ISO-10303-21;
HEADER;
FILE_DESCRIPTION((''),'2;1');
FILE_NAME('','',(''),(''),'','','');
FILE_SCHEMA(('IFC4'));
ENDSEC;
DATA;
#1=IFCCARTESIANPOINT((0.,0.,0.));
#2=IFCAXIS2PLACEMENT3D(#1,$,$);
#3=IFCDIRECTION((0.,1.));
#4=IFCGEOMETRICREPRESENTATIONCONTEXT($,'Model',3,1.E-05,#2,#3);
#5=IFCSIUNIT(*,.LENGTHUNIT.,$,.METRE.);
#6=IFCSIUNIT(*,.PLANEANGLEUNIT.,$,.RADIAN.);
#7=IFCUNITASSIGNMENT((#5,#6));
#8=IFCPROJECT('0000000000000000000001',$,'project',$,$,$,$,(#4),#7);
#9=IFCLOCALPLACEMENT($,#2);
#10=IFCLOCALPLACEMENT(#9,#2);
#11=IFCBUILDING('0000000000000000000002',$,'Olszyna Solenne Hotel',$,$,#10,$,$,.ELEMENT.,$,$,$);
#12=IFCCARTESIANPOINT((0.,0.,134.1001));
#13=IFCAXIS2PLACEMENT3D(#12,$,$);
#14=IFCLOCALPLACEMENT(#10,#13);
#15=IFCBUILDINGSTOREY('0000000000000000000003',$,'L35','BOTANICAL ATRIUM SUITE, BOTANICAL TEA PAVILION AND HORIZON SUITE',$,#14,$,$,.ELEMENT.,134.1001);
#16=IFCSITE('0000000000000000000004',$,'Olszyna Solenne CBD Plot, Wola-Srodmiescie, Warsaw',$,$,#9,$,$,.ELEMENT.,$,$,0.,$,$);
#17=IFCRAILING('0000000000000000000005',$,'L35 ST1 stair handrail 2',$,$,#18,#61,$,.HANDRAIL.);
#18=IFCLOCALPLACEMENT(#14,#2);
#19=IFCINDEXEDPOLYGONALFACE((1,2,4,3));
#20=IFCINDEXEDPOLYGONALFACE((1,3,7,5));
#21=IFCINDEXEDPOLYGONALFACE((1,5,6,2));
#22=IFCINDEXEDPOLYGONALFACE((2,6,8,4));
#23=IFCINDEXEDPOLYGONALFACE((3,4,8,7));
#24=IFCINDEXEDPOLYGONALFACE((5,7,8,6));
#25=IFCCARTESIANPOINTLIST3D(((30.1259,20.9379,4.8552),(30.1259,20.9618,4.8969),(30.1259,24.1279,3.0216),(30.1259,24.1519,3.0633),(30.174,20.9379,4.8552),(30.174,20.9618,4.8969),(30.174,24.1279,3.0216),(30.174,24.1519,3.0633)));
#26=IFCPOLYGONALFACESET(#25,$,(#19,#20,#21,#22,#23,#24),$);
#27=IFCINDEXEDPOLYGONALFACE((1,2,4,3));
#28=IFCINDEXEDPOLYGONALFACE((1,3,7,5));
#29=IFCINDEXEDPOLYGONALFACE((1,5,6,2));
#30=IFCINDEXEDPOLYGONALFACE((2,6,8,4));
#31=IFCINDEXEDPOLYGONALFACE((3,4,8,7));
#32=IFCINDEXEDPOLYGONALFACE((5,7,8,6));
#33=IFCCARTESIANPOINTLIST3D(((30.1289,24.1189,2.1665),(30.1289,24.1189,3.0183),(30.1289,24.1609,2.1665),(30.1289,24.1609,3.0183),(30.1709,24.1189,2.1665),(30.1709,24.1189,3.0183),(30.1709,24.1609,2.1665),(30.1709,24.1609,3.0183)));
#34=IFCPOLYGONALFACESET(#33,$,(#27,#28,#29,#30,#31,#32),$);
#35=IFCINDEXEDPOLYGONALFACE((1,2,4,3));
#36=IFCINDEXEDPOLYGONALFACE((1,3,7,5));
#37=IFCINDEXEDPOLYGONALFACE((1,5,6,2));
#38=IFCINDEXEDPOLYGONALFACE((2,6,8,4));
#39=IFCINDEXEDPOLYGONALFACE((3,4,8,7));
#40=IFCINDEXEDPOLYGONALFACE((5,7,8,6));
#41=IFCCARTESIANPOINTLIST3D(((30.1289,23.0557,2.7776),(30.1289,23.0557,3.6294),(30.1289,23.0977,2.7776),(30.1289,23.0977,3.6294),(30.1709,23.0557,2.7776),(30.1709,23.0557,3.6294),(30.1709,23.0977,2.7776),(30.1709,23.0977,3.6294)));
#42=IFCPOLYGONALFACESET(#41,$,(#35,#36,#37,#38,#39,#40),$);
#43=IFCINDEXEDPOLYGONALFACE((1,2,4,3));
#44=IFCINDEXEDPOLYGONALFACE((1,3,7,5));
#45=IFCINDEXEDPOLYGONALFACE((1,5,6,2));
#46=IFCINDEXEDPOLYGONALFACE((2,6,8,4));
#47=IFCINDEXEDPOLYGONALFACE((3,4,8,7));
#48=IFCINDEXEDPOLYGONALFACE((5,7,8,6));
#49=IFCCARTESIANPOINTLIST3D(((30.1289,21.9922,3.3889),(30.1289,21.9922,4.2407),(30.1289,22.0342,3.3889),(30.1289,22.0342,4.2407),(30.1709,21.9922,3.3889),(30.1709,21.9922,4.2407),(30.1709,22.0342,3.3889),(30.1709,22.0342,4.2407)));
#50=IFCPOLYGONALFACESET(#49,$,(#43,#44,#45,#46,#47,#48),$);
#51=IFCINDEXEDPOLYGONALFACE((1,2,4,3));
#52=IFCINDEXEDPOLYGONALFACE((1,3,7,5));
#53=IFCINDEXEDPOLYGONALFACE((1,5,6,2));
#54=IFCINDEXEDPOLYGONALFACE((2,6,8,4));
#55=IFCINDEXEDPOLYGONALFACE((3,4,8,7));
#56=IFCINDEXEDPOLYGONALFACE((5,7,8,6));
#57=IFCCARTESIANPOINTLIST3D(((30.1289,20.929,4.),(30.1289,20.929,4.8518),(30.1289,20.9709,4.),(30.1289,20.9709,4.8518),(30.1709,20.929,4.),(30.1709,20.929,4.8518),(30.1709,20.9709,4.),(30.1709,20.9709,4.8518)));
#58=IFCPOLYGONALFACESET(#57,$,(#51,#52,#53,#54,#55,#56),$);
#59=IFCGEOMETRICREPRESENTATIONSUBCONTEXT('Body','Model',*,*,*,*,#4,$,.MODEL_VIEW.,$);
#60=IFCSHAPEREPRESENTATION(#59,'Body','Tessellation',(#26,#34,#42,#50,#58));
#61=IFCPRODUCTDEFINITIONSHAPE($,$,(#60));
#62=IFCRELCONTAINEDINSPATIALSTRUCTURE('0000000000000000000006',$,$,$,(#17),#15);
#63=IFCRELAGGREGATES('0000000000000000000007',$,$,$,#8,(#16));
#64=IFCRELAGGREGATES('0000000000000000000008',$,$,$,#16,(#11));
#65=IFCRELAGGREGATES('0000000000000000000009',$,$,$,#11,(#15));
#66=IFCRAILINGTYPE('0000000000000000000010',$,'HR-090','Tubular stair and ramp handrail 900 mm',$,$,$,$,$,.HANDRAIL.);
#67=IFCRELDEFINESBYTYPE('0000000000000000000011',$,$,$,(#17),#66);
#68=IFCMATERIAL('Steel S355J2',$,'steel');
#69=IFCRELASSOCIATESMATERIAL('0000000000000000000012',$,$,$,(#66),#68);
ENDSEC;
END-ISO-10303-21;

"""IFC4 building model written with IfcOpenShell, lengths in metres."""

from ifc_helpers import new_model, si_unit, direction, frame, origin, origin_2d, place, context, subcontext, project, spatial, rectangle, extrude, material, type_object, element, save


model = new_model("IFC4")

# Units and contexts
model_context = context("Model", 3, precision=1e-05, world=origin(), true_north=direction((0.0, 1.0)))
body_context = subcontext(model_context, "Body", "Model", "MODEL_VIEW")
ifc_project = project(units=[si_unit("LENGTHUNIT", "METRE"), si_unit("PLANEANGLEUNIT", "RADIAN")], contexts=[model_context])

# Site, building, storey
site_placement = place(None, origin())
site = spatial("IfcSite", under=ifc_project, at=site_placement, Name="Olszyna Solenne CBD Plot, Wola-Srodmiescie, Warsaw", CompositionType="ELEMENT", RefElevation=0.0)
building_placement = place(site_placement, origin())
building = spatial("IfcBuilding", under=site, at=building_placement, Name="Olszyna Solenne Hotel", CompositionType="ELEMENT")
storey_placement = place(building_placement, frame((0.0, 0.0, 134.1001)))
storey = spatial("IfcBuildingStorey", under=building, at=storey_placement, Name="L35", Description="BOTANICAL ATRIUM SUITE, BOTANICAL TEA PAVILION AND HORIZON SUITE", CompositionType="ELEMENT", Elevation=134.1001)

# Shared definitions
ifc_material_1 = material(Name="Steel S355J2", Category="steel")

# Railing
railing_type_1 = type_object("IfcRailingType", Name="HR-090", Description="Tubular stair and ramp handrail 900 mm", PredefinedType="HANDRAIL", material=ifc_material_1)
railing_1_placement = place(storey_placement, frame((30.1499, 24.1399, 2.1665)))
element("IfcRailing", 1, at=railing_1_placement, inside=storey, type_object=railing_type_1, Name="L35 ST1 stair handrail 2", PredefinedType="HANDRAIL", context=body_context, shape_type="SweptSolid", body=[
    extrude(rectangle(XDim=0.0481, YDim=0.0481, at=origin_2d()), frame((0.0, 0.0, 0.876), z_axis=(0.0, -0.866991, 0.498324), x_axis=(1.0, 0.0, 0.0)), (0.0, 0.0, 1.0), 3.6794),
    extrude(rectangle(XDim=0.042, YDim=0.042, at=origin_2d()), origin(), (0.0, 0.0, 1.0), 0.8518),
    extrude(rectangle(XDim=0.042, YDim=0.042, at=origin_2d()), frame((0.0, -1.0632, 0.6111)), (0.0, 0.0, 1.0), 0.8518),
    extrude(rectangle(XDim=0.042, YDim=0.042, at=origin_2d()), frame((0.0, -2.1267, 1.2224)), (0.0, 0.0, 1.0), 0.8518),
    extrude(rectangle(XDim=0.042, YDim=0.042, at=origin_2d()), frame((0.0, -3.1899, 1.8335)), (0.0, 0.0, 1.0), 0.8518),
])

save(model, "model.ifc")
